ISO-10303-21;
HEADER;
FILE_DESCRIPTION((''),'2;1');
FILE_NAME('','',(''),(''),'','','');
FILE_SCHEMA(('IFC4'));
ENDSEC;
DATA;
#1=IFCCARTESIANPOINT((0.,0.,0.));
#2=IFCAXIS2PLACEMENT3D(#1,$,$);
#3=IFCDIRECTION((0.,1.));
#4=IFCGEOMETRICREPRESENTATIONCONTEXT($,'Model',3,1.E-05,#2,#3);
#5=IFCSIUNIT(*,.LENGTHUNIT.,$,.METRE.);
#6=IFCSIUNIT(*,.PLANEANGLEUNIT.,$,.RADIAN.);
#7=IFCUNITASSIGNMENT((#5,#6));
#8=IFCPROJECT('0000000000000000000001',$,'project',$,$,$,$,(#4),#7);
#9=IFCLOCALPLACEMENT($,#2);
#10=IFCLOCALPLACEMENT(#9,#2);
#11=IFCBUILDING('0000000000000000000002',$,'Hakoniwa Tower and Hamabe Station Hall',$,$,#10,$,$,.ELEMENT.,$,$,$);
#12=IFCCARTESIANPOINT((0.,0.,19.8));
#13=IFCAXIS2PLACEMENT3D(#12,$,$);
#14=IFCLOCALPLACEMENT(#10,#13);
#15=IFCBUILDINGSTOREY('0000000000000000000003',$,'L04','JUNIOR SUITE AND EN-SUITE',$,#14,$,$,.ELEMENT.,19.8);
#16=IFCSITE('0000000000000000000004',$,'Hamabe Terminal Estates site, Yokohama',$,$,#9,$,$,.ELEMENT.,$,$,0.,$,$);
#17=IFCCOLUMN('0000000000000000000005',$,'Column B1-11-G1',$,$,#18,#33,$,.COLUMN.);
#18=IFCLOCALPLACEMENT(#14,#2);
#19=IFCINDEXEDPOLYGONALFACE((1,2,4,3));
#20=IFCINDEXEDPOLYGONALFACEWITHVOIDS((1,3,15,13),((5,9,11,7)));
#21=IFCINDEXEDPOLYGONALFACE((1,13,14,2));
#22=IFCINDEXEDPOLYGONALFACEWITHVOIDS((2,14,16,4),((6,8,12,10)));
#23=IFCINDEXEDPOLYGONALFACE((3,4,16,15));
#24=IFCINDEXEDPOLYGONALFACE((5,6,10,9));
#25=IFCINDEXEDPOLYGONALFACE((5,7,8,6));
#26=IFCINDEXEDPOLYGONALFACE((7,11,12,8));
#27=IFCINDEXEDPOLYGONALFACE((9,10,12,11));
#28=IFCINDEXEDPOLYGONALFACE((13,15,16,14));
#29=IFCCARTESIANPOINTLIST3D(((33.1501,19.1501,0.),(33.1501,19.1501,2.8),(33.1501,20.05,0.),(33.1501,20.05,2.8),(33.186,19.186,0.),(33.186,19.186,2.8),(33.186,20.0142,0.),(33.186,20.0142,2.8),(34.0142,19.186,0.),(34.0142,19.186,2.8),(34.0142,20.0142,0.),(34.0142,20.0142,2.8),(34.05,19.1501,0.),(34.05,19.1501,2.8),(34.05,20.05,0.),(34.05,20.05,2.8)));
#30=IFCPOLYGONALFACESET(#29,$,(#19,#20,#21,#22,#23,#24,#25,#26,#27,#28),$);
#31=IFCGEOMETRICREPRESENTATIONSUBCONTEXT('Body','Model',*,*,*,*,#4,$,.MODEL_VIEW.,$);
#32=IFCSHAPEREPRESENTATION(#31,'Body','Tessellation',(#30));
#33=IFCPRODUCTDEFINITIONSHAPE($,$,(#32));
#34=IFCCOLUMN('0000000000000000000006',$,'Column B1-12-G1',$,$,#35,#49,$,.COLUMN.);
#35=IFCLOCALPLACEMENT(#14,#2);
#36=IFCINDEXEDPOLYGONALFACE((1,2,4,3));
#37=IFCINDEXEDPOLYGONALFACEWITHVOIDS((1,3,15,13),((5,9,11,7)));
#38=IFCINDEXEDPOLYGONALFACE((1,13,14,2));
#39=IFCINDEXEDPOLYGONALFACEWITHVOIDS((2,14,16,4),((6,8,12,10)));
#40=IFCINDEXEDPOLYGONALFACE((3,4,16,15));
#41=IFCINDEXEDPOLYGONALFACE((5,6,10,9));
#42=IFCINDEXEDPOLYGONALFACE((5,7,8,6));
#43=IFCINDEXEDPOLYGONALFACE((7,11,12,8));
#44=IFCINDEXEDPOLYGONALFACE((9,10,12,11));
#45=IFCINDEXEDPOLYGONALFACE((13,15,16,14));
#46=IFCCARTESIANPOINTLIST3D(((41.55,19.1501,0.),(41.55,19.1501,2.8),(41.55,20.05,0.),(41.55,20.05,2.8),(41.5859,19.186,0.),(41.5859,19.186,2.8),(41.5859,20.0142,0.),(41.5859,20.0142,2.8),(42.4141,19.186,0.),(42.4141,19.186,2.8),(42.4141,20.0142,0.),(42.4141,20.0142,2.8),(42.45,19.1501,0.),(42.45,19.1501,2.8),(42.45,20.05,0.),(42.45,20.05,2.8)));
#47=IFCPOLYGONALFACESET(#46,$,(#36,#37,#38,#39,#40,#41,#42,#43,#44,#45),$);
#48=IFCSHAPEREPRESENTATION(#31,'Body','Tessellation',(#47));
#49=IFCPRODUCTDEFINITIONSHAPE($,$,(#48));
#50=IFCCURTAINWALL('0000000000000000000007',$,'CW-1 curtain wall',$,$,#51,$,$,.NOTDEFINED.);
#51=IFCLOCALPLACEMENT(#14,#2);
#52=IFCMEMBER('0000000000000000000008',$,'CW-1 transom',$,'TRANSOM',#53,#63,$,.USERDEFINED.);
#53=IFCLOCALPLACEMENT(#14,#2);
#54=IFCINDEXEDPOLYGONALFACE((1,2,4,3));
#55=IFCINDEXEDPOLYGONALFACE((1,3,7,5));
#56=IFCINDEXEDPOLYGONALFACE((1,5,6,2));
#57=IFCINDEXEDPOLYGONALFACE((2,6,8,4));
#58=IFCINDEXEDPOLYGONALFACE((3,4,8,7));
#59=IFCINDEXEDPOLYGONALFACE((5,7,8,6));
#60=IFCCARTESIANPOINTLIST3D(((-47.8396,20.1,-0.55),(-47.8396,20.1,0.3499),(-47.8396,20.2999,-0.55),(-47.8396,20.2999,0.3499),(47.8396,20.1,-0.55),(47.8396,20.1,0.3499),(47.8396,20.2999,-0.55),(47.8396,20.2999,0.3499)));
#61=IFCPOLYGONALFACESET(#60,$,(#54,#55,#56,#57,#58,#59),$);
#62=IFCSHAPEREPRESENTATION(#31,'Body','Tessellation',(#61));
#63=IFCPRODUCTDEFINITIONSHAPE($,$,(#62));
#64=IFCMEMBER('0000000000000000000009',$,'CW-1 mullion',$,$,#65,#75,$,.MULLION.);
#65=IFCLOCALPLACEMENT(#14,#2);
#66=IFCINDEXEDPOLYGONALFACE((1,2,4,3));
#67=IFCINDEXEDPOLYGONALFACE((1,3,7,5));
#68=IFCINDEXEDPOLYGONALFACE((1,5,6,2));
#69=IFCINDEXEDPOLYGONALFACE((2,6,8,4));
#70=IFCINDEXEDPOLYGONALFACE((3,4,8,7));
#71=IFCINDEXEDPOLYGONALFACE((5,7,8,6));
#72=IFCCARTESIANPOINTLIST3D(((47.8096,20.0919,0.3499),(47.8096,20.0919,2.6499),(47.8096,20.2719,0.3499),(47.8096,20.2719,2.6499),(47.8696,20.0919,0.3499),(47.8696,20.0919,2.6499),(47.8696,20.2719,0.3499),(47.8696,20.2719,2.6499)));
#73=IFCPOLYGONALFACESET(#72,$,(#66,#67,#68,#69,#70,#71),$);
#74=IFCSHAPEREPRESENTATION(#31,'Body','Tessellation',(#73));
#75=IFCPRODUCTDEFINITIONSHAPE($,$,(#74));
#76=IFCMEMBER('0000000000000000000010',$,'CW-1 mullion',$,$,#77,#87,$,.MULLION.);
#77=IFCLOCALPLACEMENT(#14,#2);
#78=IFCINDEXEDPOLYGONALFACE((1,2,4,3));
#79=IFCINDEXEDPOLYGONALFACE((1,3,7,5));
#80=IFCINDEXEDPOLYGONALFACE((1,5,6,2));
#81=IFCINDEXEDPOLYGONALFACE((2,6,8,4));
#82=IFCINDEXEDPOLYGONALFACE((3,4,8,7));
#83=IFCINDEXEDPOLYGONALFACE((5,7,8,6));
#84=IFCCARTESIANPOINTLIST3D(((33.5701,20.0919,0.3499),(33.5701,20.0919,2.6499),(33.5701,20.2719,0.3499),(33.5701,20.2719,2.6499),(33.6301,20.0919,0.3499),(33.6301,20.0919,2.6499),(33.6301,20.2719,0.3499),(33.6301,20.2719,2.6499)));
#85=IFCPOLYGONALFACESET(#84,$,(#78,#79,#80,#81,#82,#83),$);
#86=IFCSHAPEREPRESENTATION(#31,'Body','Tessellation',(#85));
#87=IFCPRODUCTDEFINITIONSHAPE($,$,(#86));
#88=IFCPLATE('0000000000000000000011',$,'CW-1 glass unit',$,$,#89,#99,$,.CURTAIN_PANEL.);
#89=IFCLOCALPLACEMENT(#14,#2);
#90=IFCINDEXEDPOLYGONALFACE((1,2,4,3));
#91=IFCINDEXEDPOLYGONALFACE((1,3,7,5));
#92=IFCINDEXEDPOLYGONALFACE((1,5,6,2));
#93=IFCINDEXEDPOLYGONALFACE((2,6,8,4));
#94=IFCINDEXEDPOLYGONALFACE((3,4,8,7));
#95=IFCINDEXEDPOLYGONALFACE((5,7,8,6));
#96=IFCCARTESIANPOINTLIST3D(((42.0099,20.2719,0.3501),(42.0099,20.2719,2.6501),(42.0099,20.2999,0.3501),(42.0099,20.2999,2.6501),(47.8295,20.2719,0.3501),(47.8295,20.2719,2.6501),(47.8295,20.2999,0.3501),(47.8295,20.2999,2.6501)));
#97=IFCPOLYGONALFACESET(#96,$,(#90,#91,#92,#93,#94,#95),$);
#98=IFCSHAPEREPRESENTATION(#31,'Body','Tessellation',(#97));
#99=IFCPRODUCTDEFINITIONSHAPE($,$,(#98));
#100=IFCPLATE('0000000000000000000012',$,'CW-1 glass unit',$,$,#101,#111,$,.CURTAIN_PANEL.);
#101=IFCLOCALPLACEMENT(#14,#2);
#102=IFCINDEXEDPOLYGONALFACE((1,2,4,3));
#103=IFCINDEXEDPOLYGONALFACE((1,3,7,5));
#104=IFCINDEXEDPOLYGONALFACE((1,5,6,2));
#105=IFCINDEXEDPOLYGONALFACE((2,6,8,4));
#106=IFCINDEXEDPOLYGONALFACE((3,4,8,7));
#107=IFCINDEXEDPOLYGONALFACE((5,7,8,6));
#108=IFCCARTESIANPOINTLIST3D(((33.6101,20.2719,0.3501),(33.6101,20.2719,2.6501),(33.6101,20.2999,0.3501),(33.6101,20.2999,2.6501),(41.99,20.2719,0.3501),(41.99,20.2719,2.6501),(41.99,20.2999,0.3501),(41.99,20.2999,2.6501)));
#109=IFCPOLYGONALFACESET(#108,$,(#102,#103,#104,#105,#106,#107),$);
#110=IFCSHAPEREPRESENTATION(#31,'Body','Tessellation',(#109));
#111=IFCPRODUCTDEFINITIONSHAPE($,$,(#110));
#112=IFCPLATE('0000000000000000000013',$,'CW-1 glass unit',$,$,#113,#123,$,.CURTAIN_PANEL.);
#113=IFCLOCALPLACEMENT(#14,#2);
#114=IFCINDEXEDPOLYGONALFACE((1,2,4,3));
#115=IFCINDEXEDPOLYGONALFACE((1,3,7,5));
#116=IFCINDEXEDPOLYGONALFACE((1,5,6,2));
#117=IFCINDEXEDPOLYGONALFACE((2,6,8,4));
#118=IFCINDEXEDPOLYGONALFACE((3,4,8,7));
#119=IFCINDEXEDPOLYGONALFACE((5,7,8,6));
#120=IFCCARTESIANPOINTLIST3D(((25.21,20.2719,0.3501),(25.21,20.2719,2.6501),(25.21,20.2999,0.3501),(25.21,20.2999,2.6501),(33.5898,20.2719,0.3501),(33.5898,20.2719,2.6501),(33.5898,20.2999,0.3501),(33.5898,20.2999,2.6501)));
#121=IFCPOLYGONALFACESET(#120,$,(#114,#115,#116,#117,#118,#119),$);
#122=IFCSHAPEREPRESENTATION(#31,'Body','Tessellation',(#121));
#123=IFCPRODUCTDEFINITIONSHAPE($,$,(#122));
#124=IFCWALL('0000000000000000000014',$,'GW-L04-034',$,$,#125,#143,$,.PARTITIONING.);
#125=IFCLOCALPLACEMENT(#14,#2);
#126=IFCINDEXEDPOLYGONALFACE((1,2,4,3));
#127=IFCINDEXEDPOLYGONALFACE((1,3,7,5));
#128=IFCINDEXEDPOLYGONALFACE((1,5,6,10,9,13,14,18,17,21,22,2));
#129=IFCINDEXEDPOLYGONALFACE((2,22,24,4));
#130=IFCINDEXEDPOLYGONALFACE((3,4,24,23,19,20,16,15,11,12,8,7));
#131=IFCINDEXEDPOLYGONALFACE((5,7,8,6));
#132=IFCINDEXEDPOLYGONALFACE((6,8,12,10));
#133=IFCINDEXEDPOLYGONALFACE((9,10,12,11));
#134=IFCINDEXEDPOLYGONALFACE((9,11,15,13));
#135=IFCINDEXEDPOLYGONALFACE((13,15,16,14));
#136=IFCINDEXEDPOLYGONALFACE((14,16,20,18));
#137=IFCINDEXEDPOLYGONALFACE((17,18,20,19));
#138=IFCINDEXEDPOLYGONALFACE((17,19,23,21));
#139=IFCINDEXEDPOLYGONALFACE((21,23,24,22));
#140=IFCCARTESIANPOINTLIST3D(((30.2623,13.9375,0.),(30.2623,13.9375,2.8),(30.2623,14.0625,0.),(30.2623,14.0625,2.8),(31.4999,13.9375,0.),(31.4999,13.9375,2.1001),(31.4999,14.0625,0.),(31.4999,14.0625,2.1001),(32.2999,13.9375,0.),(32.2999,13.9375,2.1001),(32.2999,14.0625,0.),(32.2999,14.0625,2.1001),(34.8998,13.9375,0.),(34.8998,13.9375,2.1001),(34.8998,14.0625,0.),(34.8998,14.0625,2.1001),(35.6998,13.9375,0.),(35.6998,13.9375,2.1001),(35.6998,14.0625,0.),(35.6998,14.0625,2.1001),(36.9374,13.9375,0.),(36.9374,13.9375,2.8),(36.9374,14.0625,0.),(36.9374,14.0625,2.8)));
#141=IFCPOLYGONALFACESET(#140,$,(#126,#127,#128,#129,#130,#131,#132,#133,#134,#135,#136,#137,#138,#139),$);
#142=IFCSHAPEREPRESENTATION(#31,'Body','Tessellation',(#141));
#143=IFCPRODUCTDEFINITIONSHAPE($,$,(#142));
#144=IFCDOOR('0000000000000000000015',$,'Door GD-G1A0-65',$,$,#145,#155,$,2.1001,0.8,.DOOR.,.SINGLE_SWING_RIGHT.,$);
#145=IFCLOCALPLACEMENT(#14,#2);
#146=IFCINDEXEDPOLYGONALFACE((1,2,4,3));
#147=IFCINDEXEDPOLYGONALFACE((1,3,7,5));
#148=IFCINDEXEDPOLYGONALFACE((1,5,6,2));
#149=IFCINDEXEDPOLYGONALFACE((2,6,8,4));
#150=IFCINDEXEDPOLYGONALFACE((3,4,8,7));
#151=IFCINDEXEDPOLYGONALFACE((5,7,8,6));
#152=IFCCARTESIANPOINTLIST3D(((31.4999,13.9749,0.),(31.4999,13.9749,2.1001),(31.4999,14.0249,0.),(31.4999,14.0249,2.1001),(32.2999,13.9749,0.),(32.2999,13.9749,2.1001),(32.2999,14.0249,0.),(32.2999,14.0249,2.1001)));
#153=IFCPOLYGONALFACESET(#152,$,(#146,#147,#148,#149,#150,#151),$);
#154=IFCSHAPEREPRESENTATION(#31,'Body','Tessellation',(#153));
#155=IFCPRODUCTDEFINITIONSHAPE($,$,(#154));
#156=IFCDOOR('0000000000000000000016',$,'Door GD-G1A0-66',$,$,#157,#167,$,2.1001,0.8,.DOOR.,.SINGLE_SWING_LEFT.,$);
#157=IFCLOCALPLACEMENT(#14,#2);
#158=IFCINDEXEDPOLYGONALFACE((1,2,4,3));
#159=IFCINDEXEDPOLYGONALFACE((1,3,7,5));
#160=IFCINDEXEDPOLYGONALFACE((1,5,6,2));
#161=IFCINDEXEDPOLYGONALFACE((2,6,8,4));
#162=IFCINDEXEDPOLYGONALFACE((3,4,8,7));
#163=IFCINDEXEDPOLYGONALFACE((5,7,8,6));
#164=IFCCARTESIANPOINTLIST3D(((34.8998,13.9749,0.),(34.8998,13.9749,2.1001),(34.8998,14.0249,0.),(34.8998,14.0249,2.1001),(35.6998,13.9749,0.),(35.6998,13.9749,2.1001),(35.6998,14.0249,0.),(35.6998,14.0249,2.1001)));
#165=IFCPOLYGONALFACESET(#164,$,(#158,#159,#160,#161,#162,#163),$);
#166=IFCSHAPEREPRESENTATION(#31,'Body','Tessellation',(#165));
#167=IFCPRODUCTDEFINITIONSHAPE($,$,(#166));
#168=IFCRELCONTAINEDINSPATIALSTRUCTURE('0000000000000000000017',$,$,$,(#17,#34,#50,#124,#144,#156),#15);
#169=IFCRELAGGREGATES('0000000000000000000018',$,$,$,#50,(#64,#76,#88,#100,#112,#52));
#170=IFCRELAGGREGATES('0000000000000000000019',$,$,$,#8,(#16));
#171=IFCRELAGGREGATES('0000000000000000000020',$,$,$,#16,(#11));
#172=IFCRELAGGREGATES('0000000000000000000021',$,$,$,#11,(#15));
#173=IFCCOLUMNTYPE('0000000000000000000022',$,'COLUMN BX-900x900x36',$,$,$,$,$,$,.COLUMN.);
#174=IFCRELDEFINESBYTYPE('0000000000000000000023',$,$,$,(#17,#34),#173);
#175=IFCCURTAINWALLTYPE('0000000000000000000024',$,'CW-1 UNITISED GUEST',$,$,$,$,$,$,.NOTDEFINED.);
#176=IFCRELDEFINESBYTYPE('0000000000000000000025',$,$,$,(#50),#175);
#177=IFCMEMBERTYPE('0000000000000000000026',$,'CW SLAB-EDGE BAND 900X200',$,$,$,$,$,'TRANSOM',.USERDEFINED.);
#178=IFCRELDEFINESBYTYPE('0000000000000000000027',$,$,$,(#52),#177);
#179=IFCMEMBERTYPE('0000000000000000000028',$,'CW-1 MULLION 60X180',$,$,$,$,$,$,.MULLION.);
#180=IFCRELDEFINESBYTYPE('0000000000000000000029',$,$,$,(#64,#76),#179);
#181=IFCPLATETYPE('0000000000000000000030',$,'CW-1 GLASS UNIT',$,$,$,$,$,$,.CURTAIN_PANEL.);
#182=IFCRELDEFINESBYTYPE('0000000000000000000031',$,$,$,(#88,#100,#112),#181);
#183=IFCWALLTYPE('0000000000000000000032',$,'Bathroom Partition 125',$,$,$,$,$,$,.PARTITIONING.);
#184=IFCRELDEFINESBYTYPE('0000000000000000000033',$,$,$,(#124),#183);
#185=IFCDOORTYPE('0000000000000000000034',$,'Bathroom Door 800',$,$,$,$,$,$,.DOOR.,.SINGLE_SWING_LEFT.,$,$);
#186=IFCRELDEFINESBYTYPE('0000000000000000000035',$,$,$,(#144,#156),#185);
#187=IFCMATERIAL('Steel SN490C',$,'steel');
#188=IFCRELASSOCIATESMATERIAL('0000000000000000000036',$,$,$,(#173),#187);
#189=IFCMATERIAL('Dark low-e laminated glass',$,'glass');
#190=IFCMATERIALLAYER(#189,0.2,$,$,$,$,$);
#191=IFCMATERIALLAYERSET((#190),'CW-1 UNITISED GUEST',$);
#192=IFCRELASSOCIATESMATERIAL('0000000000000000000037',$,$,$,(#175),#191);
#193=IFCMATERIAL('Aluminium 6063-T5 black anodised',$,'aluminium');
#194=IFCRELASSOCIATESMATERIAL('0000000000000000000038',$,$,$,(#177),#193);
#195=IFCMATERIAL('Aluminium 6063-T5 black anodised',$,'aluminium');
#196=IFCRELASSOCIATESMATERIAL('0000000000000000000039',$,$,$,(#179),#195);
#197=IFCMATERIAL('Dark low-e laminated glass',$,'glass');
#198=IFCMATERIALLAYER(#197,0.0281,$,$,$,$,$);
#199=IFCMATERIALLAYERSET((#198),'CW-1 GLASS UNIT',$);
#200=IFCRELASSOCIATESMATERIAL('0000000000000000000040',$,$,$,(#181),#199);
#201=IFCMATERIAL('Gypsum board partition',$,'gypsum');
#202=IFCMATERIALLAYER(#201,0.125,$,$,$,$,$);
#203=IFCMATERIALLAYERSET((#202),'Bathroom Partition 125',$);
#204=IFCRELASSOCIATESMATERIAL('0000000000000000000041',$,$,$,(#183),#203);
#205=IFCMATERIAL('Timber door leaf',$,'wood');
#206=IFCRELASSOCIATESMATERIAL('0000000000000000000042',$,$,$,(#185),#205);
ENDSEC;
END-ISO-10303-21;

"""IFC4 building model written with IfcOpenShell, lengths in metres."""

from ifc_helpers import new_model, si_unit, direction, frame, frame_2d, origin, origin_2d, place, context, subcontext, project, spatial, rectangle, hollow_rectangle, extrude, material, layer, layer_set, material_profile, profile_set, type_object, element, fill, aggregate, save


model = new_model("IFC4")

# Units and contexts
model_context = context("Model", 3, precision=1e-05, world=origin(), true_north=direction((0.0, 1.0)))
body_context = subcontext(model_context, "Body", "Model", "MODEL_VIEW")
ifc_project = project(units=[si_unit("LENGTHUNIT", "METRE"), si_unit("PLANEANGLEUNIT", "RADIAN")], contexts=[model_context])

# Site, building, storey
site_placement = place(None, origin())
site = spatial("IfcSite", under=ifc_project, at=site_placement, Name="Hamabe Terminal Estates site, Yokohama", CompositionType="ELEMENT", RefElevation=0.0)
building_placement = place(site_placement, origin())
building = spatial("IfcBuilding", under=site, at=building_placement, Name="Hakoniwa Tower and Hamabe Station Hall", CompositionType="ELEMENT")
storey_placement = place(building_placement, frame((0.0, 0.0, 19.8)))
storey = spatial("IfcBuildingStorey", under=building, at=storey_placement, Name="L04", Description="JUNIOR SUITE AND EN-SUITE", CompositionType="ELEMENT", Elevation=19.8)

# Columns
ifc_material_1 = material(Name="Steel SN490C", Category="steel")
ifc_material_profile_1 = material_profile(ifc_material_1, hollow_rectangle(XDim=0.8999, YDim=0.8999, WallThickness=0.0359, at=origin_2d()), Name="BX-900x900x36")
ifc_profile_set_1 = profile_set([ifc_material_profile_1], Name="Steel SN490C")
column_type = type_object("IfcColumnType", Name="COLUMN BX-900x900x36", PredefinedType="COLUMN", material=ifc_profile_set_1)
for number, where, z_axis, x_axis, name in (
    (1, (33.6001, 19.6001, 0.0), (0.0, 0.0, 1.0), (1.0, 0.0, 0.0), "Column B1-11-G1"),
    (2, (42.0, 19.6001, 0.0), (0.0, 0.0, 1.0), (1.0, 0.0, 0.0), "Column B1-12-G1"),
):
    element("IfcColumn", number, at=place(storey_placement, frame(where, z_axis=z_axis, x_axis=x_axis)), inside=storey, type_object=column_type, Name=name, PredefinedType="COLUMN", context=body_context, shape_type="SweptSolid", body=[
        extrude(hollow_rectangle(XDim=0.8999, YDim=0.8999, WallThickness=0.0359, at=origin_2d()), origin(), (0.0, 0.0, 1.0), 2.8),
    ])

# Curtain wall, members, plates
ifc_material_2 = material(Name="Dark low-e laminated glass", Category="glass")
ifc_layer_1 = layer(ifc_material_2, 0.2)
ifc_layer_set_1 = layer_set([ifc_layer_1], Name="CW-1 UNITISED GUEST")
curtain_wall_type = type_object("IfcCurtainWallType", Name="CW-1 UNITISED GUEST", PredefinedType="NOTDEFINED", material=ifc_layer_set_1)
curtain_wall_placement = place(storey_placement, origin())
curtain_wall = element("IfcCurtainWall", 3, at=curtain_wall_placement, inside=storey, type_object=curtain_wall_type, Name="CW-1 curtain wall", PredefinedType="NOTDEFINED")
ifc_material_3 = material(Name="Aluminium 6063-T5 black anodised", Category="aluminium")
ifc_material_profile_2 = material_profile(ifc_material_3, rectangle(XDim=0.2, YDim=0.8999, at=origin_2d()), Name="CW SLAB-EDGE BAND 900X200")
ifc_profile_set_2 = profile_set([ifc_material_profile_2], Name="Aluminium 6063-T5 black anodised")
member_type_1 = type_object("IfcMemberType", Name="CW SLAB-EDGE BAND 900X200", ElementType="TRANSOM", PredefinedType="USERDEFINED", material=ifc_profile_set_2)
member_1_placement = place(storey_placement, frame((47.8396, 20.2, -0.1001), z_axis=(-1.0, 0.0, 0.0), x_axis=(0.0, -1.0, 0.0)))
member_1 = element("IfcMember", 4, at=member_1_placement, type_object=member_type_1, Name="CW-1 transom", ObjectType="TRANSOM", PredefinedType="USERDEFINED", context=body_context, shape_type="SweptSolid", body=[
    extrude(rectangle(XDim=0.2, YDim=0.8999, at=origin_2d()), origin(), (0.0, 0.0, 1.0), 95.6792),
])
ifc_material_4 = material(Name="Aluminium 6063-T5 black anodised", Category="aluminium")
ifc_material_profile_3 = material_profile(ifc_material_4, rectangle(XDim=0.0601, YDim=0.1799, at=origin_2d()), Name="CW-1 MULLION 60X180")
ifc_profile_set_3 = profile_set([ifc_material_profile_3], Name="Aluminium 6063-T5 black anodised")
member_type_2 = type_object("IfcMemberType", Name="CW-1 MULLION 60X180", PredefinedType="MULLION", material=ifc_profile_set_3)
member_2_placement = place(storey_placement, frame((47.8396, 20.1819, 0.3499), z_axis=(0.0, 0.0, 1.0), x_axis=(-1.0, 0.0, 0.0)))
member_2 = element("IfcMember", 5, at=member_2_placement, type_object=member_type_2, Name="CW-1 mullion", PredefinedType="MULLION", context=body_context, shape_type="SweptSolid", body=[
    extrude(rectangle(XDim=0.0601, YDim=0.1799, at=origin_2d()), origin(), (0.0, 0.0, 1.0), 2.3),
])
member_3_placement = place(storey_placement, frame((33.6001, 20.1819, 0.3499), z_axis=(0.0, 0.0, 1.0), x_axis=(-1.0, 0.0, 0.0)))
member_3 = element("IfcMember", 6, at=member_3_placement, type_object=member_type_2, Name="CW-1 mullion", PredefinedType="MULLION", context=body_context, shape_type="SweptSolid", body=[
    extrude(rectangle(XDim=0.0601, YDim=0.1799, at=origin_2d()), origin(), (0.0, 0.0, 1.0), 2.3),
])
ifc_material_5 = material(Name="Dark low-e laminated glass", Category="glass")
ifc_layer_2 = layer(ifc_material_5, 0.0281)
ifc_layer_set_2 = layer_set([ifc_layer_2], Name="CW-1 GLASS UNIT")
plate_type = type_object("IfcPlateType", Name="CW-1 GLASS UNIT", PredefinedType="CURTAIN_PANEL", material=ifc_layer_set_2)
plate_1_placement = place(storey_placement, frame((44.9197, 20.2859, 0.3501), z_axis=(0.0, 0.0, 1.0), x_axis=(-1.0, 0.0, 0.0)))
plate_1 = element("IfcPlate", 7, at=plate_1_placement, type_object=plate_type, Name="CW-1 glass unit", PredefinedType="CURTAIN_PANEL", context=body_context, shape_type="SweptSolid", body=[
    extrude(rectangle(XDim=5.8196, YDim=0.0281, at=origin_2d()), origin(), (0.0, 0.0, 1.0), 2.3),
])
plate_2_placement = place(storey_placement, frame((37.8, 20.2859, 0.3501), z_axis=(0.0, 0.0, 1.0), x_axis=(-1.0, 0.0, 0.0)))
plate_2 = element("IfcPlate", 8, at=plate_2_placement, type_object=plate_type, Name="CW-1 glass unit", PredefinedType="CURTAIN_PANEL", context=body_context, shape_type="SweptSolid", body=[
    extrude(rectangle(XDim=8.3799, YDim=0.0281, at=origin_2d()), origin(), (0.0, 0.0, 1.0), 2.3),
])
plate_3_placement = place(storey_placement, frame((29.3999, 20.2859, 0.3501), z_axis=(0.0, 0.0, 1.0), x_axis=(-1.0, 0.0, 0.0)))
plate_3 = element("IfcPlate", 9, at=plate_3_placement, type_object=plate_type, Name="CW-1 glass unit", PredefinedType="CURTAIN_PANEL", context=body_context, shape_type="SweptSolid", body=[
    extrude(rectangle(XDim=8.3799, YDim=0.0281, at=origin_2d()), origin(), (0.0, 0.0, 1.0), 2.3),
])
aggregate(curtain_wall, [member_2, member_3, plate_1, plate_2, plate_3, member_1])

# Wall, openings, doors
ifc_material_6 = material(Name="Gypsum board partition", Category="gypsum")
ifc_layer_3 = layer(ifc_material_6, 0.125)
ifc_layer_set_3 = layer_set([ifc_layer_3], Name="Bathroom Partition 125")
wall_type_1 = type_object("IfcWallType", Name="Bathroom Partition 125", PredefinedType="PARTITIONING", material=ifc_layer_set_3)
wall_1_placement = place(storey_placement, frame((30.2625, 14.0, 0.0), z_axis=(0.0, 0.0, 1.0), x_axis=(1.0, 0.0, 0.0)))
wall_1 = element("IfcWall", 10, at=wall_1_placement, inside=storey, type_object=wall_type_1, Name="GW-L04-034", PredefinedType="PARTITIONING", context=body_context, shape_type="SweptSolid", body=[
    extrude(rectangle(XDim=6.675, YDim=0.125, at=frame_2d((3.3374, 0.0))), origin(), (0.0, 0.0, 1.0), 2.8),
])
opening_1_placement = place(wall_1_placement, frame((1.2375, 0.0, 0.0)))
opening_1 = element("IfcOpeningElement", 11, at=opening_1_placement, cuts=wall_1, PredefinedType="OPENING", context=body_context, shape_type="SweptSolid", body=[
    extrude(rectangle(XDim=0.8, YDim=2.1001, at=frame_2d((0.3999, 1.05))), frame((0.0, 0.0725, 0.0), z_axis=(0.0, -1.0, 0.0), x_axis=(1.0, 0.0, 0.0)), (0.0, 0.0, 1.0), 0.145),
])
opening_2_placement = place(wall_1_placement, frame((4.6375, 0.0, 0.0)))
opening_2 = element("IfcOpeningElement", 12, at=opening_2_placement, cuts=wall_1, PredefinedType="OPENING", context=body_context, shape_type="SweptSolid", body=[
    extrude(rectangle(XDim=0.8, YDim=2.1001, at=frame_2d((0.3999, 1.05))), frame((0.0, 0.0725, 0.0), z_axis=(0.0, -1.0, 0.0), x_axis=(1.0, 0.0, 0.0)), (0.0, 0.0, 1.0), 0.145),
])
ifc_material_7 = material(Name="Timber door leaf", Category="wood")
door_type = type_object("IfcDoorType", Name="Bathroom Door 800", OperationType="SINGLE_SWING_LEFT", PredefinedType="DOOR", material=ifc_material_7)
door_1_placement = place(opening_1_placement, origin())
door_1 = element("IfcDoor", 13, at=door_1_placement, inside=storey, type_object=door_type, Name="Door GD-G1A0-65", OperationType="SINGLE_SWING_RIGHT", OverallHeight=2.1001, OverallWidth=0.8, PredefinedType="DOOR", context=body_context, shape_type="SweptSolid", body=[
    extrude(rectangle(XDim=0.8, YDim=2.1001, at=frame_2d((0.3999, 1.05))), frame((0.0, 0.0249, 0.0), z_axis=(0.0, -1.0, 0.0), x_axis=(1.0, 0.0, 0.0)), (0.0, 0.0, 1.0), 0.05),
])
fill(opening_1, door_1)
door_2_placement = place(opening_2_placement, origin())
door_2 = element("IfcDoor", 14, at=door_2_placement, inside=storey, type_object=door_type, Name="Door GD-G1A0-66", OperationType="SINGLE_SWING_LEFT", OverallHeight=2.1001, OverallWidth=0.8, PredefinedType="DOOR", context=body_context, shape_type="SweptSolid", body=[
    extrude(rectangle(XDim=0.8, YDim=2.1001, at=frame_2d((0.3999, 1.05))), frame((0.0, 0.0249, 0.0), z_axis=(0.0, -1.0, 0.0), x_axis=(1.0, 0.0, 0.0)), (0.0, 0.0, 1.0), 0.05),
])
fill(opening_2, door_2)

save(model, "model.ifc")
